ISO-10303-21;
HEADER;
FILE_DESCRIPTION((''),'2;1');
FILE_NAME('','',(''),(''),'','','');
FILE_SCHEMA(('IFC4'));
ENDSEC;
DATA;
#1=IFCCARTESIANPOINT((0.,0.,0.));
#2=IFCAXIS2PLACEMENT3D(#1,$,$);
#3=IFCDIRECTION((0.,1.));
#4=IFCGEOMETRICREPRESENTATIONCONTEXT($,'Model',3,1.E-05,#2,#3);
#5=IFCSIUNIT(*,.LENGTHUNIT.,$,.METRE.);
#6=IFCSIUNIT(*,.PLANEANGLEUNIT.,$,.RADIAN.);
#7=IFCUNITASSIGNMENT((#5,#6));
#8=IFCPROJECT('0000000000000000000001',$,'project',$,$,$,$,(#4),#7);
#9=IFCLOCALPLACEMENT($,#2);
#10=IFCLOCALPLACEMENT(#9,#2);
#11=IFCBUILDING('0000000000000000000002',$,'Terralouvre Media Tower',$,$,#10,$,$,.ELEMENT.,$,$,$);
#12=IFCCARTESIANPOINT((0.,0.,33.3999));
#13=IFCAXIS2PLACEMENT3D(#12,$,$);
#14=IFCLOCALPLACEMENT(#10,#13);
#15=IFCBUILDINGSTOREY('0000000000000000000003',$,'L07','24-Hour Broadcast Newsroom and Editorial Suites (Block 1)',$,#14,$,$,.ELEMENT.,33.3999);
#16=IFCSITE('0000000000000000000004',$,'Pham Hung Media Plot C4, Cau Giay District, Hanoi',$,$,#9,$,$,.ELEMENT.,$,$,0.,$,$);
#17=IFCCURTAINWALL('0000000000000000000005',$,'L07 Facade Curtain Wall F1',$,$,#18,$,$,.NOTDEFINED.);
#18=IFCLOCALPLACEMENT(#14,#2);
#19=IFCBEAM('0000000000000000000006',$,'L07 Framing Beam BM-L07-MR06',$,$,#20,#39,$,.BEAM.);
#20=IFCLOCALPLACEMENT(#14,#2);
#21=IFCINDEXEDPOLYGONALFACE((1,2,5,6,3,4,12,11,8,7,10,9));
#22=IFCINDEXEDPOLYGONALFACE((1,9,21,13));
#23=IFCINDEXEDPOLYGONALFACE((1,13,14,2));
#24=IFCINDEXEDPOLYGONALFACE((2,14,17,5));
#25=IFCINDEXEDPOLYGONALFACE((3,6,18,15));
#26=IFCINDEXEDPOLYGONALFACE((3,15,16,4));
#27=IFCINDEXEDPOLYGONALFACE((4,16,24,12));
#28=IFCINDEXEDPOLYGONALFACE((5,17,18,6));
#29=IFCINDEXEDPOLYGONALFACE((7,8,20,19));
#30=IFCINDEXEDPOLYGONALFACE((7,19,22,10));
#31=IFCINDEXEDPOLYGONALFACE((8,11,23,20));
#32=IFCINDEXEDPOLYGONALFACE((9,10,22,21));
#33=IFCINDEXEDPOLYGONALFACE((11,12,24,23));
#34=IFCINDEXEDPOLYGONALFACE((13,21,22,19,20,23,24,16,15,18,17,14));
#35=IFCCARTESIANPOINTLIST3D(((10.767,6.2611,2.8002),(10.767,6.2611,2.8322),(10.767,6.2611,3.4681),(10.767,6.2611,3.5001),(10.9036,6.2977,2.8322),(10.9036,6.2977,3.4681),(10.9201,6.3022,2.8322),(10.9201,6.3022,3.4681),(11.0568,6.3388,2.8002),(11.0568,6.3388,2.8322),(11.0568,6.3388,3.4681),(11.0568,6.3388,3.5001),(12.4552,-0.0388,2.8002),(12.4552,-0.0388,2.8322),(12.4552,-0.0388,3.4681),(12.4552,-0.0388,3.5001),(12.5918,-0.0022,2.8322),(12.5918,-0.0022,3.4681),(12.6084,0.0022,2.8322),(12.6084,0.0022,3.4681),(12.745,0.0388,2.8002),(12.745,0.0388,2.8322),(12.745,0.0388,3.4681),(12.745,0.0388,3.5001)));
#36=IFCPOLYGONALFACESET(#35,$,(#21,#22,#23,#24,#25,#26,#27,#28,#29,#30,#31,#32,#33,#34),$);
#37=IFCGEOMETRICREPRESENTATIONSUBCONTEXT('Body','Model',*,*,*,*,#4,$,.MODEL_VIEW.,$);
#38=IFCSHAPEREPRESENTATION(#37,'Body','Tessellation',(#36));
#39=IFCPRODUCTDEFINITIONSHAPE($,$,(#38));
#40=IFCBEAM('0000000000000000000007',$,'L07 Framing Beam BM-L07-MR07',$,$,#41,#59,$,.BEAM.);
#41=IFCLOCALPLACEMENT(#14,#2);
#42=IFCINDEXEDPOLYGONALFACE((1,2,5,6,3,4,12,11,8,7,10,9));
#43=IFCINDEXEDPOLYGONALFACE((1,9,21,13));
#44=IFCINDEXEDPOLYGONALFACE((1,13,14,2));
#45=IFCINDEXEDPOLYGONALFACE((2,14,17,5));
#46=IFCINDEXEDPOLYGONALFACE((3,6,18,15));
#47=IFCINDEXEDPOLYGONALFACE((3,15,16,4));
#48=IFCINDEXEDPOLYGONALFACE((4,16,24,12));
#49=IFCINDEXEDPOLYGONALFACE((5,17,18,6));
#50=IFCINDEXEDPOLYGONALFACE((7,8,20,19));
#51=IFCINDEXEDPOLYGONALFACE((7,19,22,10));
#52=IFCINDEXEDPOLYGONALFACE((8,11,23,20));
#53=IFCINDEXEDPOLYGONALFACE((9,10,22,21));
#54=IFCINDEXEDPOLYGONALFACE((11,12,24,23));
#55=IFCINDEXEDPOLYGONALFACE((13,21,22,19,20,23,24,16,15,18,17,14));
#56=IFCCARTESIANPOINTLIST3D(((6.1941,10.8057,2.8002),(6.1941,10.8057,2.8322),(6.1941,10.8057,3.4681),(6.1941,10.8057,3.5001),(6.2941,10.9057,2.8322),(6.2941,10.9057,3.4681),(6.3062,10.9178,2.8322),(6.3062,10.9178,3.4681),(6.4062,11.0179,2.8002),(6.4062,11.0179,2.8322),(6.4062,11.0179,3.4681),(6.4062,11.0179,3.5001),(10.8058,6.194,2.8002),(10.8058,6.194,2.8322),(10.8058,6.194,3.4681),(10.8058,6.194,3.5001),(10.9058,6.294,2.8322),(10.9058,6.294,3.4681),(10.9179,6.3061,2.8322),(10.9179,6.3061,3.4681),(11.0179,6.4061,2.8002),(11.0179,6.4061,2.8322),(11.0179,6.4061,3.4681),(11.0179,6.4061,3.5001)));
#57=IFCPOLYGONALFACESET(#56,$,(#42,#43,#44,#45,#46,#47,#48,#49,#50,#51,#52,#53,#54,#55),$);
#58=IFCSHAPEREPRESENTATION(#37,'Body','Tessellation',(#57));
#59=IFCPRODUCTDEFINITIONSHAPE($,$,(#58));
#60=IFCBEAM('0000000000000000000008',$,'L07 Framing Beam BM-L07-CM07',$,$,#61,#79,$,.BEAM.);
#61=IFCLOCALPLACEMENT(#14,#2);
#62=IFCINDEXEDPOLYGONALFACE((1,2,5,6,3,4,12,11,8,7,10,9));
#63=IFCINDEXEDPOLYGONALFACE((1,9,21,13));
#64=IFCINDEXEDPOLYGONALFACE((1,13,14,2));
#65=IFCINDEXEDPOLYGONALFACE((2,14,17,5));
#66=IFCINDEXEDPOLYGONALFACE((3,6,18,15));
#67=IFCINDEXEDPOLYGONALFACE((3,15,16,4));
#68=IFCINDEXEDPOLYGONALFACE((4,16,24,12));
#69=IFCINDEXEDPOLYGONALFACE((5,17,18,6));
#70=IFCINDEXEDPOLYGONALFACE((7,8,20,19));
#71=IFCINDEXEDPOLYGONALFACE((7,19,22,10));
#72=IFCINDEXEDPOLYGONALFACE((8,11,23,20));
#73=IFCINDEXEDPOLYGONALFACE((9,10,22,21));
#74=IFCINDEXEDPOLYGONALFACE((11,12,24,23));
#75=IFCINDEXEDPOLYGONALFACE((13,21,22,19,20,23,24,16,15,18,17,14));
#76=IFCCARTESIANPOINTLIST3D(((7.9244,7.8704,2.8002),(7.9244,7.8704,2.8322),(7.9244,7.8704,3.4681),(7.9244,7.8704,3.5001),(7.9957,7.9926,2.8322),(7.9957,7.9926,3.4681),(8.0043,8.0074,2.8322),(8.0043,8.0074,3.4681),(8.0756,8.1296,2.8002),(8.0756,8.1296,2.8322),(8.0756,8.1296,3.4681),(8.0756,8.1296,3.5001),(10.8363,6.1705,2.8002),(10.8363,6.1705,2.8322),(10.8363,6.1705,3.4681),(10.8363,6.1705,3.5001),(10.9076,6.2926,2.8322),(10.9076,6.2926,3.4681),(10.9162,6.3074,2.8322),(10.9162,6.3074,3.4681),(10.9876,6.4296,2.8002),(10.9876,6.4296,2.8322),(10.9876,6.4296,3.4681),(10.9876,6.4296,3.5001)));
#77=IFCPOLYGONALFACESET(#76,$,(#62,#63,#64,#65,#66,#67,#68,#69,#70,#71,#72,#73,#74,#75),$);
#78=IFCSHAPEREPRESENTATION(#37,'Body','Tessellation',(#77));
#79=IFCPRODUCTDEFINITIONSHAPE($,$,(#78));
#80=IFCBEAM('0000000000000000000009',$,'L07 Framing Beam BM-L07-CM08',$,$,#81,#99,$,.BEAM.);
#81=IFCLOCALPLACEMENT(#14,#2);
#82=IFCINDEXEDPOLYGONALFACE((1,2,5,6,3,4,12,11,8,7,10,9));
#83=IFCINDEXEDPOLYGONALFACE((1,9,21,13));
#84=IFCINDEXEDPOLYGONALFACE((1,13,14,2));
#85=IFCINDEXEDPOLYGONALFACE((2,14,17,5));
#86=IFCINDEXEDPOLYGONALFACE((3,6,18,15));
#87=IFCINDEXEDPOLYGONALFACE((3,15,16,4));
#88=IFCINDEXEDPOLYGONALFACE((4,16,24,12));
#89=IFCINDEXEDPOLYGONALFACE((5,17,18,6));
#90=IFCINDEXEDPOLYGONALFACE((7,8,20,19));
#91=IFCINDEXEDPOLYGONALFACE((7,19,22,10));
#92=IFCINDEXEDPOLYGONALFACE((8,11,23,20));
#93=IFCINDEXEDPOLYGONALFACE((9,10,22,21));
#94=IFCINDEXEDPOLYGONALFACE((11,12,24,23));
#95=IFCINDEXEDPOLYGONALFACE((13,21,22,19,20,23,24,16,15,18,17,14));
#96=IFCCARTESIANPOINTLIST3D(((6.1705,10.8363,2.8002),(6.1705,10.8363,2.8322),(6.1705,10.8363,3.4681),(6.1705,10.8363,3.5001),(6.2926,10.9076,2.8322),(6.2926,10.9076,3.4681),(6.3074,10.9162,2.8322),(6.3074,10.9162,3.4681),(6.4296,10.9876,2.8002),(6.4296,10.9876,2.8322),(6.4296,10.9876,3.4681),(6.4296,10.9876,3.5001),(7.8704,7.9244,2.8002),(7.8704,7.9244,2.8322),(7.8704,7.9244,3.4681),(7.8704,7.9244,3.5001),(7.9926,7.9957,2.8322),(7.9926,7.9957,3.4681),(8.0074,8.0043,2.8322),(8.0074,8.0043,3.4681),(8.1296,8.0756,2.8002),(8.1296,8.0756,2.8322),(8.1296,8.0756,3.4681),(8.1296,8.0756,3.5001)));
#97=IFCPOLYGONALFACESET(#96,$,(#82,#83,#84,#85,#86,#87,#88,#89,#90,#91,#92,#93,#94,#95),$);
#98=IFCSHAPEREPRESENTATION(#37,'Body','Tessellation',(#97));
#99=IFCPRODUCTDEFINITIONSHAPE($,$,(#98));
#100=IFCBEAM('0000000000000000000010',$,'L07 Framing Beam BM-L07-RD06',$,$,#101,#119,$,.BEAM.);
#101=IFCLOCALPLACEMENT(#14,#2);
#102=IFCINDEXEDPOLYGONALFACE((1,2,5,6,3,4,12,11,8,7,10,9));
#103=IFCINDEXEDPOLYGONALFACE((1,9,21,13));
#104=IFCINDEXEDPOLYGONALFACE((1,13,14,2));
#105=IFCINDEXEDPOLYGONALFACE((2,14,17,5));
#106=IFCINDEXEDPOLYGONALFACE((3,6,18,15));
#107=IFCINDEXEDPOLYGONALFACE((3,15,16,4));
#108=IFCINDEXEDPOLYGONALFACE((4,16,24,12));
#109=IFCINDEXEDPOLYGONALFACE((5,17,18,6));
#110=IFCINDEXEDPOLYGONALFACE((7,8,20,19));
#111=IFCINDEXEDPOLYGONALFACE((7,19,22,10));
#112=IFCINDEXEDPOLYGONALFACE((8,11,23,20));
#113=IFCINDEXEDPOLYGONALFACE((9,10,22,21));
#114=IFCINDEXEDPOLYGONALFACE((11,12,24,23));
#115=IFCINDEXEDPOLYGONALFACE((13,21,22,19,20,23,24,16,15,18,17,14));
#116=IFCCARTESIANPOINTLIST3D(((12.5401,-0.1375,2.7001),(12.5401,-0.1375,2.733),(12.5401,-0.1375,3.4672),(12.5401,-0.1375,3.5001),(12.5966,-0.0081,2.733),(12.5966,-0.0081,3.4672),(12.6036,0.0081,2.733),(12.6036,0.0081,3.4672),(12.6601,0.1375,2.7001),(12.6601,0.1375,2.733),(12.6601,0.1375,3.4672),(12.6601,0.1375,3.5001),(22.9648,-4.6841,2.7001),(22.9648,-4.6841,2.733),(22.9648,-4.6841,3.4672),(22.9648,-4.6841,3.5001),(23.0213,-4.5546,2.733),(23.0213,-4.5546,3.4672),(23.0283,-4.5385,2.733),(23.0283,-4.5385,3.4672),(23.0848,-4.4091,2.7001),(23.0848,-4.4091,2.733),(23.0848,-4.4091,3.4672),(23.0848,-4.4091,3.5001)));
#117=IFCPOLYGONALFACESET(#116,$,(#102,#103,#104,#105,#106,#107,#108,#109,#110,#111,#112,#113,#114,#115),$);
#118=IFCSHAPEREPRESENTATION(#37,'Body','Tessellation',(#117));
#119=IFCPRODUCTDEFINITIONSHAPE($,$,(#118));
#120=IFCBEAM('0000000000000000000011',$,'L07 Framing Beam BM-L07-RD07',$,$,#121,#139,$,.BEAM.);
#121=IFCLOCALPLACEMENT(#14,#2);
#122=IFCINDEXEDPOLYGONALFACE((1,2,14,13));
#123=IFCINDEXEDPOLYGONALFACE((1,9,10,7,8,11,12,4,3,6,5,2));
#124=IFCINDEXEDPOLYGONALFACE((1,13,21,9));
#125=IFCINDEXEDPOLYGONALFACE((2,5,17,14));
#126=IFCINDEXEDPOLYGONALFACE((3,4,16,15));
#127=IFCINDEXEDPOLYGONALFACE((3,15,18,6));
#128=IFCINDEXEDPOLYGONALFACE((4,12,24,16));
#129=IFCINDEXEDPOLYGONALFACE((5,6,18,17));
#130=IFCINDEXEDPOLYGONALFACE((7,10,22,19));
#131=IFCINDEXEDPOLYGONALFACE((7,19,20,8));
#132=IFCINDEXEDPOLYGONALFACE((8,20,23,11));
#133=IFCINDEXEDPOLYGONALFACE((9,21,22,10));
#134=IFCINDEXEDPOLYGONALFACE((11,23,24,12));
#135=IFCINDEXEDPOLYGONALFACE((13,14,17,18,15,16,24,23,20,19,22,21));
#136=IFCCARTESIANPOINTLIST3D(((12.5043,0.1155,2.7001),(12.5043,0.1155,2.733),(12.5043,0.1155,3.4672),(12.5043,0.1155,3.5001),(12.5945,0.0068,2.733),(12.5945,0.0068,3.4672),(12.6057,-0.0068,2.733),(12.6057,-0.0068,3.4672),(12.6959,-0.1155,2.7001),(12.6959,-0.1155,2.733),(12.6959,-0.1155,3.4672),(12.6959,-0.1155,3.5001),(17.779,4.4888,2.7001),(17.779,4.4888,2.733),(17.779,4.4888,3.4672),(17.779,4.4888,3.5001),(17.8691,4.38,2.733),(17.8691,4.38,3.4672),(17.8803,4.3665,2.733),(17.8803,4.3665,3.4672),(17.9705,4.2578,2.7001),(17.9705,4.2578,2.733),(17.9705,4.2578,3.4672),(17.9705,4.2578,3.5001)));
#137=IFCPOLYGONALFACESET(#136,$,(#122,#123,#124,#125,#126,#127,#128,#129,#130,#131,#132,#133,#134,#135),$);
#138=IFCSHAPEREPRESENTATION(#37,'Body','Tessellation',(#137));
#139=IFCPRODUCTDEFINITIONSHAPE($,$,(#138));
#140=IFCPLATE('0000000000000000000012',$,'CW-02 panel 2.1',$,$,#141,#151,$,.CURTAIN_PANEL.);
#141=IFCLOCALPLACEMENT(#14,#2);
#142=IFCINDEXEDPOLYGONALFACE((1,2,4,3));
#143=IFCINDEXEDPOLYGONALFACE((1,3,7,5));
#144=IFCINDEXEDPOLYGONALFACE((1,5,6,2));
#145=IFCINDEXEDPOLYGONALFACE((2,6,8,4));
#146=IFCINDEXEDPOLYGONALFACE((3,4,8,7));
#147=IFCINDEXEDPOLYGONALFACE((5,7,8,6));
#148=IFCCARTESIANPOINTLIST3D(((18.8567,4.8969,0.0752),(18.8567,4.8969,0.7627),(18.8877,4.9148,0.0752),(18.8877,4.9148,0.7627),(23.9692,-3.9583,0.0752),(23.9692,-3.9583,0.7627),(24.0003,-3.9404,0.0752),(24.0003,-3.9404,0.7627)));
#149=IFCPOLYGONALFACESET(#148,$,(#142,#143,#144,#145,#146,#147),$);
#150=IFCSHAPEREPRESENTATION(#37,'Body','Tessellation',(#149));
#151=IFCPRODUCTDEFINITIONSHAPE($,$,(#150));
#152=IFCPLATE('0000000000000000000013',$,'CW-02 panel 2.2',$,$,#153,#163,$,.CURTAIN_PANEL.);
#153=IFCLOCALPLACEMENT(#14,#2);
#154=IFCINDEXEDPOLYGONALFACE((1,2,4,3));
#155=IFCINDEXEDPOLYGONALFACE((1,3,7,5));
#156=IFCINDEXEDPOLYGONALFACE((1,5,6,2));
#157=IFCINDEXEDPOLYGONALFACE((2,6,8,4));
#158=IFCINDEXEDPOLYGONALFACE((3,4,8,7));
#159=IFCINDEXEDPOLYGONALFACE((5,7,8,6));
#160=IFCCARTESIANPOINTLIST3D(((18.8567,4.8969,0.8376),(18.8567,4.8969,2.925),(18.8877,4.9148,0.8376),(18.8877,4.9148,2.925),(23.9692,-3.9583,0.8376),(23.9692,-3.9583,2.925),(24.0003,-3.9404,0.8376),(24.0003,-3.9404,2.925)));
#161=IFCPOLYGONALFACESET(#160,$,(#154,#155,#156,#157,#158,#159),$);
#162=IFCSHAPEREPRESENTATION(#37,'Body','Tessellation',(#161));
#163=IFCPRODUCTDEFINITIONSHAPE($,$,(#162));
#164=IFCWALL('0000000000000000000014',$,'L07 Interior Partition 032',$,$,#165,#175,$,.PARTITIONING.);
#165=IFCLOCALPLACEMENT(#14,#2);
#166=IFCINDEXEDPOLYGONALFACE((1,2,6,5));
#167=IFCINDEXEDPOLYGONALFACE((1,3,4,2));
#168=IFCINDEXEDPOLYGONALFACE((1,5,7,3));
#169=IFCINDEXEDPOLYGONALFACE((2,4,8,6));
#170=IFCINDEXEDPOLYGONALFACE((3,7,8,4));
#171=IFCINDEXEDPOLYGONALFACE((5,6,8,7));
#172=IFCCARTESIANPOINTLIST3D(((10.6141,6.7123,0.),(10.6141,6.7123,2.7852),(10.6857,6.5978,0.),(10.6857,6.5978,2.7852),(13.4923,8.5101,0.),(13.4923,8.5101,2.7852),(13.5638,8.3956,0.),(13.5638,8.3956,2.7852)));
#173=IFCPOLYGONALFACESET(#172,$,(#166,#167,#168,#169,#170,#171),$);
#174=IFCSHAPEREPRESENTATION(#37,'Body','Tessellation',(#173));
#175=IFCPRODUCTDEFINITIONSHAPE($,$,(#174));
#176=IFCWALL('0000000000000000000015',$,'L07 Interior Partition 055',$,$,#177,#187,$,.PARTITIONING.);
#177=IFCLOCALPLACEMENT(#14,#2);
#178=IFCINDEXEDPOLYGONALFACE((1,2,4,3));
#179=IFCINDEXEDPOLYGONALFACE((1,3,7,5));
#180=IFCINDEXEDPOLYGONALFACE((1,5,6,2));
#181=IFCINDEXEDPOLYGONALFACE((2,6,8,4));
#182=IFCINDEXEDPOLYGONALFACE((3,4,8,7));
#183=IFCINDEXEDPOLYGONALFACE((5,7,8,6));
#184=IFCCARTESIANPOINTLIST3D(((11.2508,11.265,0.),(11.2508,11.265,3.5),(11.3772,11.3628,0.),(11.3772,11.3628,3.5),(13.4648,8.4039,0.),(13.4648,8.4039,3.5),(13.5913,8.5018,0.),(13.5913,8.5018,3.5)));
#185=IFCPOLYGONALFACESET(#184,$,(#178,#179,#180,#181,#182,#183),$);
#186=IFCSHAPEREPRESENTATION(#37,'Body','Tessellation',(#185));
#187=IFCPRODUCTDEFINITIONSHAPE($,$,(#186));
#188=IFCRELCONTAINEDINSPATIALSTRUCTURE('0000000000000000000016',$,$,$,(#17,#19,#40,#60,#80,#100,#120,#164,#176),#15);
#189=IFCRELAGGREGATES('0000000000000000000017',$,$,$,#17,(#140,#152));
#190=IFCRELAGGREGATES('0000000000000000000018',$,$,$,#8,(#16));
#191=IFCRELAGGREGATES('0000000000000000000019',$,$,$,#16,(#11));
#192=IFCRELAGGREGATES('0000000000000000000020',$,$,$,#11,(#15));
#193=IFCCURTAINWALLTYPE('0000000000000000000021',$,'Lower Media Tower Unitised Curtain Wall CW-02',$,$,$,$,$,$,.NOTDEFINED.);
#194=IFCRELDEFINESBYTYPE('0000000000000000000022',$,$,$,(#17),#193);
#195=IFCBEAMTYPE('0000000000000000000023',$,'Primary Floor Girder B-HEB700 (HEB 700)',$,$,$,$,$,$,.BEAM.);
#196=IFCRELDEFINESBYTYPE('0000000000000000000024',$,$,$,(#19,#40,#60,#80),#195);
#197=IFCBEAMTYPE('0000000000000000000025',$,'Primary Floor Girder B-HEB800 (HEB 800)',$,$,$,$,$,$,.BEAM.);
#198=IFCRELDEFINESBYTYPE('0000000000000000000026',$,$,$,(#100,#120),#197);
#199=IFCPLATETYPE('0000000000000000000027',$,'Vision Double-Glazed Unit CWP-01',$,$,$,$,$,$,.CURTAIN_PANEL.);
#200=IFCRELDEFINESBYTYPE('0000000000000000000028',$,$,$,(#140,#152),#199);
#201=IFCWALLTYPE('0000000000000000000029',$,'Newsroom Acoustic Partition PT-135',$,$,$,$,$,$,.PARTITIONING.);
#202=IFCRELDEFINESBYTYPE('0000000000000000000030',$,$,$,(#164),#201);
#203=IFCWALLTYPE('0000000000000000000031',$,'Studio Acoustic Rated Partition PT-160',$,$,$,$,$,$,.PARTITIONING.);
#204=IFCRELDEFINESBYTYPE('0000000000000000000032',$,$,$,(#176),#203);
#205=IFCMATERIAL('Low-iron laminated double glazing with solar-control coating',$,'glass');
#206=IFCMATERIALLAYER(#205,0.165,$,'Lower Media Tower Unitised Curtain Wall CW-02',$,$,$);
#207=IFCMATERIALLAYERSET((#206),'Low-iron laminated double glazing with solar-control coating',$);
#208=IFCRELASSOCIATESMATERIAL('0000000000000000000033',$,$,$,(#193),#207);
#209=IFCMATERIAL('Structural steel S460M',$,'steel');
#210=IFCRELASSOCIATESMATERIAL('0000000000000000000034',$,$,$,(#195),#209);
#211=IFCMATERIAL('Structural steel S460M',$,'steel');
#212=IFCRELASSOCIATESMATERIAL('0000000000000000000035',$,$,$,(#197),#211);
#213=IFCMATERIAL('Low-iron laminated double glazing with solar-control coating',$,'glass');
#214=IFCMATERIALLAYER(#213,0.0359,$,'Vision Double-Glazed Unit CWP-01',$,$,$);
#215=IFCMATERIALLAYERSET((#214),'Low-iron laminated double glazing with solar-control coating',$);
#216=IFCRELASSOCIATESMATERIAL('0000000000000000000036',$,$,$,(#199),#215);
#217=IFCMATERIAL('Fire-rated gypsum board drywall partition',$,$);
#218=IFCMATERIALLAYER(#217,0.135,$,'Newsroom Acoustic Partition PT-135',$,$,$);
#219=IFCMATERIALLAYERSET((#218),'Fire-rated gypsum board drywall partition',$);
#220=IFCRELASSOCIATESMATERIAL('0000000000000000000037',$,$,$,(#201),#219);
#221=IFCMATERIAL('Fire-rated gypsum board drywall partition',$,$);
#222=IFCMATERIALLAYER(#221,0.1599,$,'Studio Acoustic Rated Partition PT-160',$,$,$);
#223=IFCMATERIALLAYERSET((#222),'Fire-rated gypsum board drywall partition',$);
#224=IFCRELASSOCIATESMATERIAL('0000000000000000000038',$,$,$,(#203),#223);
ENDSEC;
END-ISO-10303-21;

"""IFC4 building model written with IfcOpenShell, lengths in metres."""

from ifc_helpers import new_model, si_unit, direction, frame, frame_2d, origin, origin_2d, place, context, subcontext, project, spatial, rectangle, i_section, extrude, material, layer, layer_set, material_profile, profile_set, type_object, element, aggregate, save


model = new_model("IFC4")

# Units and contexts
model_context = context("Model", 3, precision=1e-05, world=origin(), true_north=direction((0.0, 1.0)))
body_context = subcontext(model_context, "Body", "Model", "MODEL_VIEW")
ifc_project = project(units=[si_unit("LENGTHUNIT", "METRE"), si_unit("PLANEANGLEUNIT", "RADIAN")], contexts=[model_context])

# Site, building, storey
site_placement = place(None, origin())
site = spatial("IfcSite", under=ifc_project, at=site_placement, Name="Pham Hung Media Plot C4, Cau Giay District, Hanoi", CompositionType="ELEMENT", RefElevation=0.0)
building_placement = place(site_placement, origin())
building = spatial("IfcBuilding", under=site, at=building_placement, Name="Terralouvre Media Tower", CompositionType="ELEMENT")
storey_placement = place(building_placement, frame((0.0, 0.0, 33.3999)))
storey = spatial("IfcBuildingStorey", under=building, at=storey_placement, Name="L07", Description="24-Hour Broadcast Newsroom and Editorial Suites (Block 1)", CompositionType="ELEMENT", Elevation=33.3999)

# Curtain wall
ifc_material_1 = material(Name="Low-iron laminated double glazing with solar-control coating", Category="glass")
ifc_layer_1 = layer(ifc_material_1, 0.165, Name="Lower Media Tower Unitised Curtain Wall CW-02")
ifc_layer_set_1 = layer_set([ifc_layer_1], Name="Low-iron laminated double glazing with solar-control coating")
curtain_wall_type = type_object("IfcCurtainWallType", Name="Lower Media Tower Unitised Curtain Wall CW-02", PredefinedType="NOTDEFINED", material=ifc_layer_set_1)
curtain_wall_placement = place(storey_placement, origin())
curtain_wall = element("IfcCurtainWall", 1, at=curtain_wall_placement, inside=storey, type_object=curtain_wall_type, Name="L07 Facade Curtain Wall F1", PredefinedType="NOTDEFINED")

# Beams
ifc_material_2 = material(Name="Structural steel S460M", Category="steel")
ifc_material_profile_1 = material_profile(ifc_material_2, i_section(OverallWidth=0.3, OverallDepth=0.7, WebThickness=0.0171, FlangeThickness=0.032, at=origin_2d()), Name="HEB 700")
ifc_profile_set_1 = profile_set([ifc_material_profile_1], Name="Structural steel S460M")
beam_type_1 = type_object("IfcBeamType", Name="Primary Floor Girder B-HEB700 (HEB 700)", PredefinedType="BEAM", material=ifc_profile_set_1)
beam_1_placement = place(storey_placement, frame((12.6001, 0.0, 3.1501), z_axis=(-0.258839, 0.96592, 0.0), x_axis=(-0.96592, -0.258839, 0.0)))
element("IfcBeam", 2, at=beam_1_placement, inside=storey, type_object=beam_type_1, Name="L07 Framing Beam BM-L07-MR06", PredefinedType="BEAM", context=body_context, shape_type="SweptSolid", body=[
    extrude(i_section(OverallWidth=0.3, OverallDepth=0.7, WebThickness=0.0171, FlangeThickness=0.032, at=origin_2d()), origin(), (0.0, 0.0, 1.0), 6.5222),
])
beam_2_placement = place(storey_placement, frame((10.9119, 6.3, 3.1501), z_axis=(-0.707107, 0.707107, 0.0), x_axis=(-0.707107, -0.707107, 0.0)))
element("IfcBeam", 3, at=beam_2_placement, inside=storey, type_object=beam_type_1, Name="L07 Framing Beam BM-L07-MR07", PredefinedType="BEAM", context=body_context, shape_type="SweptSolid", body=[
    extrude(i_section(OverallWidth=0.3, OverallDepth=0.7, WebThickness=0.0171, FlangeThickness=0.032, at=origin_2d()), origin(), (0.0, 0.0, 1.0), 6.522),
])
for number, where, z_axis, x_axis, name in (
    (4, (8.0, 8.0, 3.1501), (0.863603, -0.504173, 0.0), (0.504173, 0.863603, 0.0), "L07 Framing Beam BM-L07-CM07"),
    (5, (8.0, 8.0, 3.1501), (-0.504173, 0.863603, 0.0), (-0.863603, -0.504173, 0.0), "L07 Framing Beam BM-L07-CM08"),
):
    element("IfcBeam", number, at=place(storey_placement, frame(where, z_axis=z_axis, x_axis=x_axis)), inside=storey, type_object=beam_type_1, Name=name, PredefinedType="BEAM", context=body_context, shape_type="SweptSolid", body=[
        extrude(i_section(OverallWidth=0.3, OverallDepth=0.7, WebThickness=0.0171, FlangeThickness=0.032, at=origin_2d()), origin(), (0.0, 0.0, 1.0), 3.3718),
    ])
ifc_material_3 = material(Name="Structural steel S460M", Category="steel")
ifc_material_profile_2 = material_profile(ifc_material_3, i_section(OverallWidth=0.3, OverallDepth=0.8, WebThickness=0.0176, FlangeThickness=0.033, at=origin_2d()), Name="HEB 800")
ifc_profile_set_2 = profile_set([ifc_material_profile_2], Name="Structural steel S460M")
beam_type_2 = type_object("IfcBeamType", Name="Primary Floor Girder B-HEB800 (HEB 800)", PredefinedType="BEAM", material=ifc_profile_set_2)
beam_3_placement = place(storey_placement, frame((12.6001, 0.0, 3.1001), z_axis=(0.916616, -0.399769, 0.0), x_axis=(0.399769, 0.916616, 0.0)))
element("IfcBeam", 6, at=beam_3_placement, inside=storey, type_object=beam_type_2, Name="L07 Framing Beam BM-L07-RD06", PredefinedType="BEAM", context=body_context, shape_type="SweptSolid", body=[
    extrude(i_section(OverallWidth=0.3, OverallDepth=0.8, WebThickness=0.0176, FlangeThickness=0.033, at=origin_2d()), origin(), (0.0, 0.0, 1.0), 11.373),
])
beam_4_placement = place(storey_placement, frame((12.6001, 0.0, 3.1001), z_axis=(0.769816, 0.638265, 0.0), x_axis=(-0.638265, 0.769816, 0.0)))
element("IfcBeam", 7, at=beam_4_placement, inside=storey, type_object=beam_type_2, Name="L07 Framing Beam BM-L07-RD07", PredefinedType="BEAM", context=body_context, shape_type="SweptSolid", body=[
    extrude(i_section(OverallWidth=0.3, OverallDepth=0.8, WebThickness=0.0176, FlangeThickness=0.033, at=origin_2d()), origin(), (0.0, 0.0, 1.0), 6.8518),
])

# Plates
ifc_material_4 = material(Name="Low-iron laminated double glazing with solar-control coating", Category="glass")
ifc_layer_2 = layer(ifc_material_4, 0.0359, Name="Vision Double-Glazed Unit CWP-01")
ifc_layer_set_2 = layer_set([ifc_layer_2], Name="Low-iron laminated double glazing with solar-control coating")
plate_type = type_object("IfcPlateType", Name="Vision Double-Glazed Unit CWP-01", PredefinedType="CURTAIN_PANEL", material=ifc_layer_set_2)
plate_1_placement = place(storey_placement, frame((21.4285, 0.4783, 0.0752), z_axis=(0.0, 0.0, 1.0), x_axis=(-0.5, 0.866025, 0.0)))
plate_1 = element("IfcPlate", 8, at=plate_1_placement, type_object=plate_type, Name="CW-02 panel 2.1", PredefinedType="CURTAIN_PANEL", context=body_context, shape_type="SweptSolid", body=[
    extrude(rectangle(XDim=10.2251, YDim=0.0359, at=origin_2d()), origin(), (0.0, 0.0, 1.0), 0.6875),
])
plate_2_placement = place(storey_placement, frame((21.4285, 0.4783, 0.8376), z_axis=(0.0, 0.0, 1.0), x_axis=(-0.5, 0.866025, 0.0)))
plate_2 = element("IfcPlate", 9, at=plate_2_placement, type_object=plate_type, Name="CW-02 panel 2.2", PredefinedType="CURTAIN_PANEL", context=body_context, shape_type="SweptSolid", body=[
    extrude(rectangle(XDim=10.2251, YDim=0.0359, at=origin_2d()), origin(), (0.0, 0.0, 1.0), 2.0874),
])
aggregate(curtain_wall, [plate_1, plate_2])

# Wall
ifc_material_5 = material(Name="Fire-rated gypsum board drywall partition")
ifc_layer_3 = layer(ifc_material_5, 0.135, Name="Newsroom Acoustic Partition PT-135")
ifc_layer_set_3 = layer_set([ifc_layer_3], Name="Fire-rated gypsum board drywall partition")
wall_type_1 = type_object("IfcWallType", Name="Newsroom Acoustic Partition PT-135", PredefinedType="PARTITIONING", material=ifc_layer_set_3)
wall_1_placement = place(storey_placement, frame((13.5281, 8.4529, 0.0), z_axis=(0.0, 0.0, 1.0), x_axis=(-0.848132, -0.529786, 0.0)))
element("IfcWall", 10, at=wall_1_placement, inside=storey, type_object=wall_type_1, Name="L07 Interior Partition 032", PredefinedType="PARTITIONING", context=body_context, shape_type="SweptSolid", body=[
    extrude(rectangle(XDim=3.3936, YDim=0.135, at=frame_2d((1.6968, 0.0))), origin(), (0.0, 0.0, 1.0), 2.7852),
])

# Shared definitions
ifc_material_6 = material(Name="Fire-rated gypsum board drywall partition")
ifc_layer_4 = layer(ifc_material_6, 0.1599, Name="Studio Acoustic Rated Partition PT-160")
ifc_layer_set_4 = layer_set([ifc_layer_4], Name="Fire-rated gypsum board drywall partition")
wall_type_2 = type_object("IfcWallType", Name="Studio Acoustic Rated Partition PT-160", PredefinedType="PARTITIONING", material=ifc_layer_set_4)

# Wall
wall_2_placement = place(storey_placement, frame((13.5281, 8.4529, 0.0), z_axis=(0.0, 0.0, 1.0), x_axis=(-0.612014, 0.790847, 0.0)))
element("IfcWall", 11, at=wall_2_placement, inside=storey, type_object=wall_type_2, Name="L07 Interior Partition 055", PredefinedType="PARTITIONING", context=body_context, shape_type="SweptSolid", body=[
    extrude(rectangle(XDim=3.6177, YDim=0.1599, at=frame_2d((1.8088, 0.0))), origin(), (0.0, 0.0, 1.0), 3.5),
])

save(model, "model.ifc")
